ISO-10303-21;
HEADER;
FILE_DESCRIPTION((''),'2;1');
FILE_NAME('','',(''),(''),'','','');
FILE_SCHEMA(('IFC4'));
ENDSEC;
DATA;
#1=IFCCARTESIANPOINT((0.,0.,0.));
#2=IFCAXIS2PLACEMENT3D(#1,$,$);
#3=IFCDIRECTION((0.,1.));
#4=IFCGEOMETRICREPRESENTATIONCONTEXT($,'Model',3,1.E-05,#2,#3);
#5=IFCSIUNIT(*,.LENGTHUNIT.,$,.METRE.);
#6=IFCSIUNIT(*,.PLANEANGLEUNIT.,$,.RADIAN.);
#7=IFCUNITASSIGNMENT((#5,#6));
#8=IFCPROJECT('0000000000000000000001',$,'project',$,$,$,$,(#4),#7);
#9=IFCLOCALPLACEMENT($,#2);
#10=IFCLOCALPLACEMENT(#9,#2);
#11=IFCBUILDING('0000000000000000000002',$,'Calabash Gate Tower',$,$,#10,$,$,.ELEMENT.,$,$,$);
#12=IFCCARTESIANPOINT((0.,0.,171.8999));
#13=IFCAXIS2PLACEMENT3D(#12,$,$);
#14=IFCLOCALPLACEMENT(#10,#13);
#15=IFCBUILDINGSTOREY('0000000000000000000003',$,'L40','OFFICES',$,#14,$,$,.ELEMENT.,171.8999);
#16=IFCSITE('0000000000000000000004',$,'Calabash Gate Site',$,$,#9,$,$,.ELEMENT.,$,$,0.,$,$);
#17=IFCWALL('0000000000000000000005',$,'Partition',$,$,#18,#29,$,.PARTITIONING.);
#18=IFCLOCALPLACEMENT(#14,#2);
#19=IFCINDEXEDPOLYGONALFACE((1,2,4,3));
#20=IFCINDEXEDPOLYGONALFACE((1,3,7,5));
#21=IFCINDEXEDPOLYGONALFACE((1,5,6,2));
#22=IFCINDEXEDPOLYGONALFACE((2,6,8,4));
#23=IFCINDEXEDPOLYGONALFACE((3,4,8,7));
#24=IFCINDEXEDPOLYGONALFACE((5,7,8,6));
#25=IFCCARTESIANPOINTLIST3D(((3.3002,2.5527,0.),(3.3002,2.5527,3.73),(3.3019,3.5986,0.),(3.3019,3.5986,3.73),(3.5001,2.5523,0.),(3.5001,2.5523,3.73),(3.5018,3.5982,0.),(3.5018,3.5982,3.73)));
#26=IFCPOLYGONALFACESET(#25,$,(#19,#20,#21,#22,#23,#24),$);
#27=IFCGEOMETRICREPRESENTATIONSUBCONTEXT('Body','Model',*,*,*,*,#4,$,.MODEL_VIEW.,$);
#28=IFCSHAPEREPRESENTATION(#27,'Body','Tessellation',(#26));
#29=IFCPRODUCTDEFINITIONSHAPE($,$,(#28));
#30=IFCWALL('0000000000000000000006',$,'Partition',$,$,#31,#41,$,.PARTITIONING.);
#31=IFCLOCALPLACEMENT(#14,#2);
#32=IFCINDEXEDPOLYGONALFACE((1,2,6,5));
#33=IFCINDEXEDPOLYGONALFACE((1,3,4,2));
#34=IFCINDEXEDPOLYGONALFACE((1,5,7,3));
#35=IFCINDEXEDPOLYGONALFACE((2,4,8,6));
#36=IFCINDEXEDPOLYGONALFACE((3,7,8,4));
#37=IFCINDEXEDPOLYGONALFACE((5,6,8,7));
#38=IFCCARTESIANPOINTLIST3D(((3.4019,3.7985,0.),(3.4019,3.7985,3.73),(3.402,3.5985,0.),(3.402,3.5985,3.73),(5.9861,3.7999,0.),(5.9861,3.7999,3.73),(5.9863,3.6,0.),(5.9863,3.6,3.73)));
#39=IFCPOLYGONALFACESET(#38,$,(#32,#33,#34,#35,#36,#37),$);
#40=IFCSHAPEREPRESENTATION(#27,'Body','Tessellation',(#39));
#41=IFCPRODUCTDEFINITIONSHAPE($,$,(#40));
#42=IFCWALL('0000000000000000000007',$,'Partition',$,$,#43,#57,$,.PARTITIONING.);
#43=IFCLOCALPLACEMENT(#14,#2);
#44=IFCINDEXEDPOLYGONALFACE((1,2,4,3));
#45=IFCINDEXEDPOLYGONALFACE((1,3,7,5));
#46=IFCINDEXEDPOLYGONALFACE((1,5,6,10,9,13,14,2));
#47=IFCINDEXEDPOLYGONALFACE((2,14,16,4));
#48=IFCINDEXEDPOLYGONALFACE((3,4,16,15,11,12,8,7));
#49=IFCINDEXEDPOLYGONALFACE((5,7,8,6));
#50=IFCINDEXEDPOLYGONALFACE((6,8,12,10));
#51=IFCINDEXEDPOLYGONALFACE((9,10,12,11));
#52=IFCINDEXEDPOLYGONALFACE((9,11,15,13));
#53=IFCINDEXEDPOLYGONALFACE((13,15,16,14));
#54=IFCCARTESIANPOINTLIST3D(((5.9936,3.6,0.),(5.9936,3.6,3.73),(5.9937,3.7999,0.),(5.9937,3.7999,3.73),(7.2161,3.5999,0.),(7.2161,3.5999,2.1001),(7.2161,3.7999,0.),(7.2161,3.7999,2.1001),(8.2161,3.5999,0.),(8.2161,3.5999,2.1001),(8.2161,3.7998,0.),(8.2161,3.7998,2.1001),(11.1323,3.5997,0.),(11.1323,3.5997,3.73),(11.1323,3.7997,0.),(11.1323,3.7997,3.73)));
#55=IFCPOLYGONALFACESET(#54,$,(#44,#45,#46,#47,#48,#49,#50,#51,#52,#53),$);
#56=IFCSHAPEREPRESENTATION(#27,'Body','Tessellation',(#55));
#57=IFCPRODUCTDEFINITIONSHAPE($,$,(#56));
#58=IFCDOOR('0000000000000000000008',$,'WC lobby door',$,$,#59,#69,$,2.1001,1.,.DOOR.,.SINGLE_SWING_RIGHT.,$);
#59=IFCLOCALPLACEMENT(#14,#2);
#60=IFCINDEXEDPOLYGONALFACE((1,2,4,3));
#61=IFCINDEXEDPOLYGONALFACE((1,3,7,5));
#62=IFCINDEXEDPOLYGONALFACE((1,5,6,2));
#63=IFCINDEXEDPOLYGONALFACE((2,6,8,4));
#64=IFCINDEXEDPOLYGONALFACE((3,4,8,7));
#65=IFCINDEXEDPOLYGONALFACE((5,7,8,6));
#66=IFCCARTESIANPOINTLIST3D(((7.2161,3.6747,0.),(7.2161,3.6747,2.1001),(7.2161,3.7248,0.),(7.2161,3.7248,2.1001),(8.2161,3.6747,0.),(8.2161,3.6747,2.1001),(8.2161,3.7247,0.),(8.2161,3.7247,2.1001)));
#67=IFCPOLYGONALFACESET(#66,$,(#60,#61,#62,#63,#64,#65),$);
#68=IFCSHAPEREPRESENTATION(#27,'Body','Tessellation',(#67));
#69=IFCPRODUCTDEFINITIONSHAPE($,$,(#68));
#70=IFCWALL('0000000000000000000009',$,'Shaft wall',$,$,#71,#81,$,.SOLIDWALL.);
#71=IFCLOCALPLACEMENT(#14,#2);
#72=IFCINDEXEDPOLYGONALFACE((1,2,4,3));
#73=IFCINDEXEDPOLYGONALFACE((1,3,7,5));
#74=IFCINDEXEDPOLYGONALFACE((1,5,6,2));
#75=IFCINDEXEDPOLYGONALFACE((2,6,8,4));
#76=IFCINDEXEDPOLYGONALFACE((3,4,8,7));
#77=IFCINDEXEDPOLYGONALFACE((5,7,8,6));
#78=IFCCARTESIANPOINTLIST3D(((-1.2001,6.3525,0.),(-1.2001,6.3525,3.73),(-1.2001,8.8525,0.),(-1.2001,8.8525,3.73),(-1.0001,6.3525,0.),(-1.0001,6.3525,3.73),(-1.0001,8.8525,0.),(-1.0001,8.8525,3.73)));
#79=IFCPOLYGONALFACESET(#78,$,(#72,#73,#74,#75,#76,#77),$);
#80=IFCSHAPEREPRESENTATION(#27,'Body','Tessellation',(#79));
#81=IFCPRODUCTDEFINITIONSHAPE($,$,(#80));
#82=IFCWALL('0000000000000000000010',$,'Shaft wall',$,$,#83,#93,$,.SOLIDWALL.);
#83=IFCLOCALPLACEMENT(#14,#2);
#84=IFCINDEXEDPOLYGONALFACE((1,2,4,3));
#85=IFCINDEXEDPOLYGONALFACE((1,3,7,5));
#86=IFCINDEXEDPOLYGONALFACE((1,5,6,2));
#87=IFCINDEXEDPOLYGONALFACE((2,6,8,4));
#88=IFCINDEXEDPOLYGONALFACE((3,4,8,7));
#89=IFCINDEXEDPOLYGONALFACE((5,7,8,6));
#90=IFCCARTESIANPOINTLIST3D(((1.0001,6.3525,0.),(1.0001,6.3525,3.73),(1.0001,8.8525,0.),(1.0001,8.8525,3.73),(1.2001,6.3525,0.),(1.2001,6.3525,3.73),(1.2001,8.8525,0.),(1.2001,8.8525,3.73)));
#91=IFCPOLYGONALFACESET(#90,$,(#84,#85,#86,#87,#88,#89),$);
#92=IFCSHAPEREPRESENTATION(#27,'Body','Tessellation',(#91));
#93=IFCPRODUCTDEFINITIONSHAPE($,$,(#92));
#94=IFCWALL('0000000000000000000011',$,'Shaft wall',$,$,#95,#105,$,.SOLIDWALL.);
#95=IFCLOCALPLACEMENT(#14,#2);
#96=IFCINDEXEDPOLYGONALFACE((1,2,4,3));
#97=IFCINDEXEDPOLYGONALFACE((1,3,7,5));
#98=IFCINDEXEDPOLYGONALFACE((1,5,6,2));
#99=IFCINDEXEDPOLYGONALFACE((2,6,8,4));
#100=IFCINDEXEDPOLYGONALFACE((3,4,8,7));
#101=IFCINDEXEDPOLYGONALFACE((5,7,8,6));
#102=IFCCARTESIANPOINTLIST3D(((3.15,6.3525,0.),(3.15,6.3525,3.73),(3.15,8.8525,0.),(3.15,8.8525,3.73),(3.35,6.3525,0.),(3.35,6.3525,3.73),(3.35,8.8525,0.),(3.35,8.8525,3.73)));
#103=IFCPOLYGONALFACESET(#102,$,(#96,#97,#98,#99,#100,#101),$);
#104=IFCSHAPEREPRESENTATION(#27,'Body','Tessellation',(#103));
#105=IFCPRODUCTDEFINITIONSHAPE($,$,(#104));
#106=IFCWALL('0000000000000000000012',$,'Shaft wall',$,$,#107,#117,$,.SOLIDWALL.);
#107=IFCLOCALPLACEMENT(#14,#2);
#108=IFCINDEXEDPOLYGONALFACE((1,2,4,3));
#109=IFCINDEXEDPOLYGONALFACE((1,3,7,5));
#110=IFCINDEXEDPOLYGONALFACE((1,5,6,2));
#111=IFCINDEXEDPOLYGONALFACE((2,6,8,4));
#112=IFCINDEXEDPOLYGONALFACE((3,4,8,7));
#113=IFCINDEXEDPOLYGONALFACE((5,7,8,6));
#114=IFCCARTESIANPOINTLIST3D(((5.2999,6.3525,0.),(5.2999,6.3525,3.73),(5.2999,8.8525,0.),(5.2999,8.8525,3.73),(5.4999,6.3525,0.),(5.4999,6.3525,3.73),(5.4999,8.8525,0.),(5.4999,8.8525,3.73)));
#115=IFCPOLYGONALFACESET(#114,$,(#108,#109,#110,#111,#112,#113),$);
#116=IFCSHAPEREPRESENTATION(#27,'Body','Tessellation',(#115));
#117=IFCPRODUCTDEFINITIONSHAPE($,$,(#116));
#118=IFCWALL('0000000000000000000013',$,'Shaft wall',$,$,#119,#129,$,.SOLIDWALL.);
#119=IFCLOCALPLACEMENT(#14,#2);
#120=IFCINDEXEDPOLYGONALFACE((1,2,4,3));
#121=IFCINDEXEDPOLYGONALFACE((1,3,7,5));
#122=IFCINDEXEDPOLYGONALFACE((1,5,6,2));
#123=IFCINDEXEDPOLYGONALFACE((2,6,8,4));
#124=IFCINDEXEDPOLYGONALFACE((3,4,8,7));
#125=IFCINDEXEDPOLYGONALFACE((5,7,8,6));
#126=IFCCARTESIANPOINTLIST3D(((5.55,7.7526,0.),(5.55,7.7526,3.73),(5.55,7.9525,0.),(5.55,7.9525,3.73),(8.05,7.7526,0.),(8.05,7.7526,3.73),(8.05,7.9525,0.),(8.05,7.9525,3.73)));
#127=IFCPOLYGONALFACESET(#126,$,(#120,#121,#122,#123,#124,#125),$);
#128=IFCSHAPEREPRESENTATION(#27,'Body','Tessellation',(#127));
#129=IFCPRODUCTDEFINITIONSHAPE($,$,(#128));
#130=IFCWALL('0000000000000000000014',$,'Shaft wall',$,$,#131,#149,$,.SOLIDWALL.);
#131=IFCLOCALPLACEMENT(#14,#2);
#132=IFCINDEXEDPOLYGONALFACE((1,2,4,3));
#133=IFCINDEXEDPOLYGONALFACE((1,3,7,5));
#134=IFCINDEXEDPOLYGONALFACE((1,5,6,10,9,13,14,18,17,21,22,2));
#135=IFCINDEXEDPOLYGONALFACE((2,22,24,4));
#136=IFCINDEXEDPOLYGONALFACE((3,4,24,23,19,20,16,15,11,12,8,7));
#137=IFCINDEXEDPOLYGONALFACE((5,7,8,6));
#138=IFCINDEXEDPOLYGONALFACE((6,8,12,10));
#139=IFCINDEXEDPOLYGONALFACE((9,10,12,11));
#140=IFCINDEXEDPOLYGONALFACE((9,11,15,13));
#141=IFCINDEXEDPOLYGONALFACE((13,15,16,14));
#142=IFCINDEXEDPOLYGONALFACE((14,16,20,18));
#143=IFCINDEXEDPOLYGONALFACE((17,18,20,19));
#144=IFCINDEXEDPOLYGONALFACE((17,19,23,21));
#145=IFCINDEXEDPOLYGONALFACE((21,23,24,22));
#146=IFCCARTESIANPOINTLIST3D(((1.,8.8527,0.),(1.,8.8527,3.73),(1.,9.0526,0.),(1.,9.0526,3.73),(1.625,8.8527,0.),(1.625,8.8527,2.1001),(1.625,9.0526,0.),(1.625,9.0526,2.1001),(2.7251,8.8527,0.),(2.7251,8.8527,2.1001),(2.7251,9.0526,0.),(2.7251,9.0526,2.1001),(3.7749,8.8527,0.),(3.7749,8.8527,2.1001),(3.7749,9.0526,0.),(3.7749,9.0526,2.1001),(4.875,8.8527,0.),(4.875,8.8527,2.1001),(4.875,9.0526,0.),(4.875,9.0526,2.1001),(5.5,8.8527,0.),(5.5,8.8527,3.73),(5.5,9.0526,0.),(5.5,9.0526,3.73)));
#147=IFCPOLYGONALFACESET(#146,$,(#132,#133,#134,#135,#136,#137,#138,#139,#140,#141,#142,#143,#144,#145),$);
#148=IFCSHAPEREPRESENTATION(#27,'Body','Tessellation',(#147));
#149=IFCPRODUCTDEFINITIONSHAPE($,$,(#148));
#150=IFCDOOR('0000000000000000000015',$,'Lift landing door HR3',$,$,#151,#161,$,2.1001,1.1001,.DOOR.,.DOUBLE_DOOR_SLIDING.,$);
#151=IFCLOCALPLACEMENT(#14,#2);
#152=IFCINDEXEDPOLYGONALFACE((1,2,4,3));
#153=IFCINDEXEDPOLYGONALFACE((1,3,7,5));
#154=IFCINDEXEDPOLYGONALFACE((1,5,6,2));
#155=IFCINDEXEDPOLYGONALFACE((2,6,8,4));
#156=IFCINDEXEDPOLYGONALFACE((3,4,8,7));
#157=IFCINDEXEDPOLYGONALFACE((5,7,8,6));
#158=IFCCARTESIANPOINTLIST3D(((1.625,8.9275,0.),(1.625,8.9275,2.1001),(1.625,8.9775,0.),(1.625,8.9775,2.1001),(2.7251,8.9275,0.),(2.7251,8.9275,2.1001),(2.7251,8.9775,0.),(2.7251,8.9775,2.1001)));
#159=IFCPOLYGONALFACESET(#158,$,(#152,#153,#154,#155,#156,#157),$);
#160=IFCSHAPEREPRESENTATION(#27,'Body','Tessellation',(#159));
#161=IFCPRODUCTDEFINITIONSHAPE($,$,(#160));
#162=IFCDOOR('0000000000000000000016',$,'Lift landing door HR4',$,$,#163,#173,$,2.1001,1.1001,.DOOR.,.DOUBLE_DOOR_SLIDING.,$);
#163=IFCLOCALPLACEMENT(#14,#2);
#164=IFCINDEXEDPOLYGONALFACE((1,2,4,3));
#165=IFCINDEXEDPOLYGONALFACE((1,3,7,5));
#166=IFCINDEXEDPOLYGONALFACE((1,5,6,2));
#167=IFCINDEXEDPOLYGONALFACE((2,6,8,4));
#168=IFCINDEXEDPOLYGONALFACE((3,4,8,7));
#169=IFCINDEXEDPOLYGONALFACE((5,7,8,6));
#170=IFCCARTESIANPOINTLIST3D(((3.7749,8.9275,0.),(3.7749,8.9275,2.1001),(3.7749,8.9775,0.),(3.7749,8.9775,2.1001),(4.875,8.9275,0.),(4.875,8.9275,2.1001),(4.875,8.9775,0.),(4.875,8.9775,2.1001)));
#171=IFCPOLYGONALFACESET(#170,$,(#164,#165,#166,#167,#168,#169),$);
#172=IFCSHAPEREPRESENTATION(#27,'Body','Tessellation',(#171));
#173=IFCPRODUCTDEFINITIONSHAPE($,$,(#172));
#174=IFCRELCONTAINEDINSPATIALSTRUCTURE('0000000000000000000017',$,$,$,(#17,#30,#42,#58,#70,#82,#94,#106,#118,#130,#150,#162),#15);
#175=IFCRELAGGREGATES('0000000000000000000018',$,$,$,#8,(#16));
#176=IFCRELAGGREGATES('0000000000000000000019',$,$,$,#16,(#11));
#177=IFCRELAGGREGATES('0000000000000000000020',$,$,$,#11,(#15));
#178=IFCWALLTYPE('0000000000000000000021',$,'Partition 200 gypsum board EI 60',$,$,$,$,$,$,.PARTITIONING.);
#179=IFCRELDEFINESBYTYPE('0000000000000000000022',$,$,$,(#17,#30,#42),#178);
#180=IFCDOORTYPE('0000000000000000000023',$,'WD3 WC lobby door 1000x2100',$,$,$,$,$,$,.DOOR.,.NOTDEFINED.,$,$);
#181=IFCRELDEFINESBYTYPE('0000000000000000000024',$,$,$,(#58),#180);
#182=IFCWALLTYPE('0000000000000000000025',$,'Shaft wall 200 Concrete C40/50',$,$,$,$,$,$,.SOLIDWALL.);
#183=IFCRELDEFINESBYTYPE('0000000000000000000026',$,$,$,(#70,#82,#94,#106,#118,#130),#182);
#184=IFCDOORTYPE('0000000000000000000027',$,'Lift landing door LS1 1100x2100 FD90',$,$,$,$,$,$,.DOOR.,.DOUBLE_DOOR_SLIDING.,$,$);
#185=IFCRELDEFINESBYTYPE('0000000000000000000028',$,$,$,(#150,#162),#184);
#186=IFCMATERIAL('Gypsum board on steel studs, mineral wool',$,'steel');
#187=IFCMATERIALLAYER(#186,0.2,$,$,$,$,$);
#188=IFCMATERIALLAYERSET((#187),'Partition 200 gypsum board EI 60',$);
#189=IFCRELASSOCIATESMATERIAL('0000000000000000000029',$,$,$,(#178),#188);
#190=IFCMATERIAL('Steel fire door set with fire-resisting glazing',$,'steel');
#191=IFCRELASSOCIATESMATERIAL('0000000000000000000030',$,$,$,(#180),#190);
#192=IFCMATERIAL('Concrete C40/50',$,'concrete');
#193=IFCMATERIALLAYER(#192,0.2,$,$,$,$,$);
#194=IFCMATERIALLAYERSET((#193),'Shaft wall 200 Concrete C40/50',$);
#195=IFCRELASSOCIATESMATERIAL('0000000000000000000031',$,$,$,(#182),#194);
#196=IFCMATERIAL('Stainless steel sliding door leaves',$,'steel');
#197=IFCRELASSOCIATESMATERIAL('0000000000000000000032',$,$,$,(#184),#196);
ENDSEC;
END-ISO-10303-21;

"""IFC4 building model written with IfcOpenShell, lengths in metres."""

from ifc_helpers import new_model, si_unit, direction, frame, frame_2d, origin, place, context, subcontext, project, spatial, rectangle, extrude, material, layer, layer_set, type_object, element, fill, save


model = new_model("IFC4")

# Units and contexts
model_context = context("Model", 3, precision=1e-05, world=origin(), true_north=direction((0.0, 1.0)))
body_context = subcontext(model_context, "Body", "Model", "MODEL_VIEW")
ifc_project = project(units=[si_unit("LENGTHUNIT", "METRE"), si_unit("PLANEANGLEUNIT", "RADIAN")], contexts=[model_context])

# Site, building, storey
site_placement = place(None, origin())
site = spatial("IfcSite", under=ifc_project, at=site_placement, Name="Calabash Gate Site", CompositionType="ELEMENT", RefElevation=0.0)
building_placement = place(site_placement, origin())
building = spatial("IfcBuilding", under=site, at=building_placement, Name="Calabash Gate Tower", CompositionType="ELEMENT")
storey_placement = place(building_placement, frame((0.0, 0.0, 171.8999)))
storey = spatial("IfcBuildingStorey", under=building, at=storey_placement, Name="L40", Description="OFFICES", CompositionType="ELEMENT", Elevation=171.8999)

# Walls
ifc_material_1 = material(Name="Gypsum board on steel studs, mineral wool", Category="steel")
ifc_layer_1 = layer(ifc_material_1, 0.2)
ifc_layer_set_1 = layer_set([ifc_layer_1], Name="Partition 200 gypsum board EI 60")
wall_type_1 = type_object("IfcWallType", Name="Partition 200 gypsum board EI 60", PredefinedType="PARTITIONING", material=ifc_layer_set_1)
wall_1_placement = place(storey_placement, frame((3.4001, 2.5525, 0.0), z_axis=(0.0, 0.0, 1.0), x_axis=(0.001634, 0.999999, 0.0)))
element("IfcWall", 1, at=wall_1_placement, inside=storey, type_object=wall_type_1, Name="Partition", PredefinedType="PARTITIONING", context=body_context, shape_type="SweptSolid", body=[
    extrude(rectangle(XDim=1.0459, YDim=0.2, at=frame_2d((0.5229, 0.0))), origin(), (0.0, 0.0, 1.0), 3.73),
])
wall_2_placement = place(storey_placement, frame((3.4021, 3.6985, 0.0), z_axis=(0.0, 0.0, 1.0), x_axis=(1.0, 0.000567, 0.0)))
element("IfcWall", 2, at=wall_2_placement, inside=storey, type_object=wall_type_1, Name="Partition", PredefinedType="PARTITIONING", context=body_context, shape_type="SweptSolid", body=[
    extrude(rectangle(XDim=2.5842, YDim=0.2, at=frame_2d((1.292, 0.0))), origin(), (0.0, 0.0, 1.0), 3.73),
])

# Wall, opening, door
wall_3_placement = place(storey_placement, frame((5.9937, 3.7, 0.0), z_axis=(0.0, 0.0, 1.0), x_axis=(1.0, -0.000048, 0.0)))
wall_3 = element("IfcWall", 3, at=wall_3_placement, inside=storey, type_object=wall_type_1, Name="Partition", PredefinedType="PARTITIONING", context=body_context, shape_type="SweptSolid", body=[
    extrude(rectangle(XDim=5.1387, YDim=0.2, at=frame_2d((2.5693, 0.0))), origin(), (0.0, 0.0, 1.0), 3.73),
])
opening_1_placement = place(wall_3_placement, frame((1.2224, 0.0, 0.0)))
opening_1 = element("IfcOpeningElement", 4, at=opening_1_placement, cuts=wall_3, PredefinedType="OPENING", context=body_context, shape_type="SweptSolid", body=[
    extrude(rectangle(XDim=1.0, YDim=2.1001, at=frame_2d((0.5, 1.05))), frame((0.0, 0.1099, 0.0), z_axis=(0.0, -1.0, 0.0), x_axis=(1.0, 0.0, 0.0)), (0.0, 0.0, 1.0), 0.22),
])
ifc_material_2 = material(Name="Steel fire door set with fire-resisting glazing", Category="steel")
door_type_1 = type_object("IfcDoorType", Name="WD3 WC lobby door 1000x2100", OperationType="NOTDEFINED", PredefinedType="DOOR", material=ifc_material_2)
door_1_placement = place(opening_1_placement, origin())
door_1 = element("IfcDoor", 5, at=door_1_placement, inside=storey, type_object=door_type_1, Name="WC lobby door", OperationType="SINGLE_SWING_RIGHT", OverallHeight=2.1001, OverallWidth=1.0, PredefinedType="DOOR", context=body_context, shape_type="SweptSolid", body=[
    extrude(rectangle(XDim=1.0, YDim=2.1001, at=frame_2d((0.5, 1.05))), frame((0.0, 0.0249, 0.0), z_axis=(0.0, -1.0, 0.0), x_axis=(1.0, 0.0, 0.0)), (0.0, 0.0, 1.0), 0.05),
])
fill(opening_1, door_1)

# Walls
ifc_material_3 = material(Name="Concrete C40/50", Category="concrete")
ifc_layer_2 = layer(ifc_material_3, 0.2)
ifc_layer_set_2 = layer_set([ifc_layer_2], Name="Shaft wall 200 Concrete C40/50")
wall_type_2 = type_object("IfcWallType", Name="Shaft wall 200 Concrete C40/50", PredefinedType="SOLIDWALL", material=ifc_layer_set_2)
for number, where, z_axis, x_axis, name in (
    (6, (-1.1001, 6.3525, 0.0), (0.0, 0.0, 1.0), (0.0, 1.0, 0.0), "Shaft wall"),
    (7, (1.1001, 6.3525, 0.0), (0.0, 0.0, 1.0), (0.0, 1.0, 0.0), "Shaft wall"),
    (8, (3.25, 6.3525, 0.0), (0.0, 0.0, 1.0), (0.0, 1.0, 0.0), "Shaft wall"),
    (9, (5.3999, 6.3525, 0.0), (0.0, 0.0, 1.0), (0.0, 1.0, 0.0), "Shaft wall"),
    (10, (5.55, 7.8525, 0.0), (0.0, 0.0, 1.0), (1.0, 0.0, 0.0), "Shaft wall"),
):
    element("IfcWall", number, at=place(storey_placement, frame(where, z_axis=z_axis, x_axis=x_axis)), inside=storey, type_object=wall_type_2, Name=name, PredefinedType="SOLIDWALL", context=body_context, shape_type="SweptSolid", body=[
        extrude(rectangle(XDim=2.5, YDim=0.2, at=frame_2d((1.25, 0.0))), origin(), (0.0, 0.0, 1.0), 3.73),
    ])

# Wall, openings, doors
wall_4_placement = place(storey_placement, frame((1.0, 8.9526, 0.0), z_axis=(0.0, 0.0, 1.0), x_axis=(1.0, 0.0, 0.0)))
wall_4 = element("IfcWall", 11, at=wall_4_placement, inside=storey, type_object=wall_type_2, Name="Shaft wall", PredefinedType="SOLIDWALL", context=body_context, shape_type="SweptSolid", body=[
    extrude(rectangle(XDim=4.5, YDim=0.2, at=frame_2d((2.25, 0.0))), origin(), (0.0, 0.0, 1.0), 3.73),
])
opening_2_placement = place(wall_4_placement, frame((0.625, 0.0, 0.0)))
opening_2 = element("IfcOpeningElement", 12, at=opening_2_placement, cuts=wall_4, PredefinedType="OPENING", context=body_context, shape_type="SweptSolid", body=[
    extrude(rectangle(XDim=1.1001, YDim=2.1001, at=frame_2d((0.55, 1.05))), frame((0.0, 0.1099, 0.0), z_axis=(0.0, -1.0, 0.0), x_axis=(1.0, 0.0, 0.0)), (0.0, 0.0, 1.0), 0.22),
])
opening_3_placement = place(wall_4_placement, frame((2.7749, 0.0, 0.0)))
opening_3 = element("IfcOpeningElement", 13, at=opening_3_placement, cuts=wall_4, PredefinedType="OPENING", context=body_context, shape_type="SweptSolid", body=[
    extrude(rectangle(XDim=1.1001, YDim=2.1001, at=frame_2d((0.55, 1.05))), frame((0.0, 0.1099, 0.0), z_axis=(0.0, -1.0, 0.0), x_axis=(1.0, 0.0, 0.0)), (0.0, 0.0, 1.0), 0.22),
])
ifc_material_4 = material(Name="Stainless steel sliding door leaves", Category="steel")
door_type_2 = type_object("IfcDoorType", Name="Lift landing door LS1 1100x2100 FD90", OperationType="DOUBLE_DOOR_SLIDING", PredefinedType="DOOR", material=ifc_material_4)
door_2_placement = place(opening_2_placement, origin())
door_2 = element("IfcDoor", 14, at=door_2_placement, inside=storey, type_object=door_type_2, Name="Lift landing door HR3", OperationType="DOUBLE_DOOR_SLIDING", OverallHeight=2.1001, OverallWidth=1.1001, PredefinedType="DOOR", context=body_context, shape_type="SweptSolid", body=[
    extrude(rectangle(XDim=1.1001, YDim=2.1001, at=frame_2d((0.55, 1.05))), frame((0.0, 0.0249, 0.0), z_axis=(0.0, -1.0, 0.0), x_axis=(1.0, 0.0, 0.0)), (0.0, 0.0, 1.0), 0.05),
])
fill(opening_2, door_2)
door_3_placement = place(opening_3_placement, origin())
door_3 = element("IfcDoor", 15, at=door_3_placement, inside=storey, type_object=door_type_2, Name="Lift landing door HR4", OperationType="DOUBLE_DOOR_SLIDING", OverallHeight=2.1001, OverallWidth=1.1001, PredefinedType="DOOR", context=body_context, shape_type="SweptSolid", body=[
    extrude(rectangle(XDim=1.1001, YDim=2.1001, at=frame_2d((0.55, 1.05))), frame((0.0, 0.0249, 0.0), z_axis=(0.0, -1.0, 0.0), x_axis=(1.0, 0.0, 0.0)), (0.0, 0.0, 1.0), 0.05),
])
fill(opening_3, door_3)

save(model, "model.ifc")
